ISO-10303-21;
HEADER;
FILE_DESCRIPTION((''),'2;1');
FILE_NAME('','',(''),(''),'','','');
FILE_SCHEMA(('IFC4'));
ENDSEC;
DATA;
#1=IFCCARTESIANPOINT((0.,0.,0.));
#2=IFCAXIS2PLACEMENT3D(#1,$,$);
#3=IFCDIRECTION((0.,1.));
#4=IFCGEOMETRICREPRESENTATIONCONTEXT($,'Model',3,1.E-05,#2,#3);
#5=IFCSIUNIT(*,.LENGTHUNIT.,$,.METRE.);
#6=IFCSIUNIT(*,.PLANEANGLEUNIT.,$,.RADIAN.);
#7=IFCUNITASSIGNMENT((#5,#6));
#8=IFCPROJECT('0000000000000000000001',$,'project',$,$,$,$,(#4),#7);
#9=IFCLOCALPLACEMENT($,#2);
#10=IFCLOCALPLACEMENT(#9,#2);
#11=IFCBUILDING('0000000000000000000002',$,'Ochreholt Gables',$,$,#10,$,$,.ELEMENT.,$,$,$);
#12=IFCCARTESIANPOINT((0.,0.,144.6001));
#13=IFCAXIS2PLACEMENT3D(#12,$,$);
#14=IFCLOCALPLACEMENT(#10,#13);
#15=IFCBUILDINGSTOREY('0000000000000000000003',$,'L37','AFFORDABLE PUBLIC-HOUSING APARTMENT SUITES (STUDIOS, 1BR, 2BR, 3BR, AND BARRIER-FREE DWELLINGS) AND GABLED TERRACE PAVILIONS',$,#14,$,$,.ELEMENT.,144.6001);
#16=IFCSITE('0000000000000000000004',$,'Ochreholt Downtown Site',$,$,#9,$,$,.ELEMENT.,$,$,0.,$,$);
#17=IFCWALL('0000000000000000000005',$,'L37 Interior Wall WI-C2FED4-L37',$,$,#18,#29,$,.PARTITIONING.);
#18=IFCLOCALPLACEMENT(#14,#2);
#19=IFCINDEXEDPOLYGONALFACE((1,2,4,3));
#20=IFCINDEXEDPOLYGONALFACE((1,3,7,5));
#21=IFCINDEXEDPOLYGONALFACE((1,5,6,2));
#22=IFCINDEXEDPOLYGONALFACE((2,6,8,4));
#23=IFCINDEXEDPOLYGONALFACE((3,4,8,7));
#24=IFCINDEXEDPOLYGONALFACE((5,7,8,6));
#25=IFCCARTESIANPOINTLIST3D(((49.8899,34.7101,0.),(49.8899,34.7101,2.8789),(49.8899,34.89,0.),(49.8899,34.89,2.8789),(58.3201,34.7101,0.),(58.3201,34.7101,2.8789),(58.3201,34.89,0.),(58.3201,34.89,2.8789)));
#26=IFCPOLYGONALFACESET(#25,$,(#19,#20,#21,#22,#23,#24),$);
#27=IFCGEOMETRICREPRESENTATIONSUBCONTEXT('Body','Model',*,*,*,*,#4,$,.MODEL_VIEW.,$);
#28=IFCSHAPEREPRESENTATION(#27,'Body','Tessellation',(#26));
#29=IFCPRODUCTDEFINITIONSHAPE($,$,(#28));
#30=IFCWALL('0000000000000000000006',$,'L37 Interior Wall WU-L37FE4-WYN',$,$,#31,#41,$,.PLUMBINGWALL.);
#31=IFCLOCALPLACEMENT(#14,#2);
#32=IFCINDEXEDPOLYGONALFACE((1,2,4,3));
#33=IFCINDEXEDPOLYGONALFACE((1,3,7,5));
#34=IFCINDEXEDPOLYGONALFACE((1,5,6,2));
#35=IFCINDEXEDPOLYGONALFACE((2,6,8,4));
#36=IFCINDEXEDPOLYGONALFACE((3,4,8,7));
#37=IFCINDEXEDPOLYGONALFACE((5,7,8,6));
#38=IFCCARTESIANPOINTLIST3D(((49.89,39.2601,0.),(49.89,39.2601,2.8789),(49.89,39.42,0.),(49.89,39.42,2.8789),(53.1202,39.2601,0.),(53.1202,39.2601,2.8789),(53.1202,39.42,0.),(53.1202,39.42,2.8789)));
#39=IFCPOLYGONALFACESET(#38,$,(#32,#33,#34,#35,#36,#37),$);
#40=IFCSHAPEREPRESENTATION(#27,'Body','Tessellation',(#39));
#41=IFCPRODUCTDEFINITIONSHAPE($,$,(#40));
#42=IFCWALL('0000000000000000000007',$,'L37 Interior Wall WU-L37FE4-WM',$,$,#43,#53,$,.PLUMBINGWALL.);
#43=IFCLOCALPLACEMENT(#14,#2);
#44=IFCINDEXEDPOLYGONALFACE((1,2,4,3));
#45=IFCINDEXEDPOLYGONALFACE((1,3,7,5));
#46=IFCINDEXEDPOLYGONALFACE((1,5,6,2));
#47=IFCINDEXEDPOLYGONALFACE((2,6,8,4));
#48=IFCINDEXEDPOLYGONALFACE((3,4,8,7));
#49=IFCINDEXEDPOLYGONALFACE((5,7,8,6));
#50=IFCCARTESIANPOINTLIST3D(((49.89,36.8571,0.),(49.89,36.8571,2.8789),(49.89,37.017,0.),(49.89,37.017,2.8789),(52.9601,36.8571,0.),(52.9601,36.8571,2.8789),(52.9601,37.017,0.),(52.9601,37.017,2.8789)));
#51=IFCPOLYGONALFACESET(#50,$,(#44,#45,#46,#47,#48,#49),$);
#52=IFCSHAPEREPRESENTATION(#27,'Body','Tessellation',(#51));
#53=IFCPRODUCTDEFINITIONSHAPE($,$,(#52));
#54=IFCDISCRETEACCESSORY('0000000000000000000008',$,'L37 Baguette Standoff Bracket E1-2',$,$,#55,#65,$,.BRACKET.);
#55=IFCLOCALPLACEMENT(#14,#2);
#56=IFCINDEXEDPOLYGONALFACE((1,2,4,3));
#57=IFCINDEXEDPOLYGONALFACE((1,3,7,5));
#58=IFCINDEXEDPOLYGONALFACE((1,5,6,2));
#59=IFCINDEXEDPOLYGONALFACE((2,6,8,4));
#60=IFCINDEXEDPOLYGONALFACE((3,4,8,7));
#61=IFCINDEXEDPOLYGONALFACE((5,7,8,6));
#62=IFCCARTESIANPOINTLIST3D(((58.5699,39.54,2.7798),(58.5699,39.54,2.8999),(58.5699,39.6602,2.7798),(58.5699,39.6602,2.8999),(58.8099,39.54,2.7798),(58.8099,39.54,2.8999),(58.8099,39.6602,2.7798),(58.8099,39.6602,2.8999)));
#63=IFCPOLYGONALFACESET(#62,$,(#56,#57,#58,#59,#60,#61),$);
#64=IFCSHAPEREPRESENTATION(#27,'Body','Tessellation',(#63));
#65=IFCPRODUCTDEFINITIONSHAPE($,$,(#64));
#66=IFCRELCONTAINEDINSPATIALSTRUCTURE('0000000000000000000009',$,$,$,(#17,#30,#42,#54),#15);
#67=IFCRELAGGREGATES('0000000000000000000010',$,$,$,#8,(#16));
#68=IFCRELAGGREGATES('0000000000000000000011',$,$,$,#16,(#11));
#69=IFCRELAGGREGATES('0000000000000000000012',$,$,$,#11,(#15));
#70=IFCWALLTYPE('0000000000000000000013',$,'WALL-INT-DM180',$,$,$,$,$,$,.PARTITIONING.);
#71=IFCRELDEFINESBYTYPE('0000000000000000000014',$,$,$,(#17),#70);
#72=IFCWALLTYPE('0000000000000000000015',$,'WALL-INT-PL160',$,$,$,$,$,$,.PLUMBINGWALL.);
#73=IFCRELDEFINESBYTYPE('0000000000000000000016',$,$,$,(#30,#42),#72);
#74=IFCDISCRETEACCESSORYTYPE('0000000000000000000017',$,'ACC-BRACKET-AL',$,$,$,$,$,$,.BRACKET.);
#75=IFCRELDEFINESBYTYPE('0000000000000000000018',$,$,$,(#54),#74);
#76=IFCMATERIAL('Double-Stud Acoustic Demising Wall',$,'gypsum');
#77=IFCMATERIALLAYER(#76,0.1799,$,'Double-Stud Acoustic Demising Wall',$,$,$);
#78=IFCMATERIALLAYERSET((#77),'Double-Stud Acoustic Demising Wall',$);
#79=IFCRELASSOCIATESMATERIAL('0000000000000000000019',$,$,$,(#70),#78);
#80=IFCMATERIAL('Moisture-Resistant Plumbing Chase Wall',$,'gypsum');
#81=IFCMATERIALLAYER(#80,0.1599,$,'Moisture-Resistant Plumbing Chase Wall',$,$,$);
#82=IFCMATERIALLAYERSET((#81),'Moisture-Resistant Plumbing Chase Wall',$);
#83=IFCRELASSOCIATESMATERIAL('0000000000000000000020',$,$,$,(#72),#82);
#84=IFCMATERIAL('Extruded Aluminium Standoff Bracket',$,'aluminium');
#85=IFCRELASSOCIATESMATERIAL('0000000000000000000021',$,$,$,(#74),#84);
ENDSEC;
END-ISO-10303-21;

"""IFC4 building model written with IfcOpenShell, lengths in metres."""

from ifc_helpers import new_model, si_unit, direction, frame, frame_2d, origin, origin_2d, place, context, subcontext, project, spatial, rectangle, extrude, material, layer, layer_set, type_object, element, save


model = new_model("IFC4")

# Units and contexts
model_context = context("Model", 3, precision=1e-05, world=origin(), true_north=direction((0.0, 1.0)))
body_context = subcontext(model_context, "Body", "Model", "MODEL_VIEW")
ifc_project = project(units=[si_unit("LENGTHUNIT", "METRE"), si_unit("PLANEANGLEUNIT", "RADIAN")], contexts=[model_context])

# Site, building, storey
site_placement = place(None, origin())
site = spatial("IfcSite", under=ifc_project, at=site_placement, Name="Ochreholt Downtown Site", CompositionType="ELEMENT", RefElevation=0.0)
building_placement = place(site_placement, origin())
building = spatial("IfcBuilding", under=site, at=building_placement, Name="Ochreholt Gables", CompositionType="ELEMENT")
storey_placement = place(building_placement, frame((0.0, 0.0, 144.6001)))
storey = spatial("IfcBuildingStorey", under=building, at=storey_placement, Name="L37", Description="AFFORDABLE PUBLIC-HOUSING APARTMENT SUITES (STUDIOS, 1BR, 2BR, 3BR, AND BARRIER-FREE DWELLINGS) AND GABLED TERRACE PAVILIONS", CompositionType="ELEMENT", Elevation=144.6001)

# Walls
ifc_material_1 = material(Name="Double-Stud Acoustic Demising Wall", Category="gypsum")
ifc_layer_1 = layer(ifc_material_1, 0.1799, Name="Double-Stud Acoustic Demising Wall")
ifc_layer_set_1 = layer_set([ifc_layer_1], Name="Double-Stud Acoustic Demising Wall")
wall_type_1 = type_object("IfcWallType", Name="WALL-INT-DM180", PredefinedType="PARTITIONING", material=ifc_layer_set_1)
wall_1_placement = place(storey_placement, frame((49.8899, 34.8, 0.0), z_axis=(0.0, 0.0, 1.0), x_axis=(1.0, 0.0, 0.0)))
element("IfcWall", 1, at=wall_1_placement, inside=storey, type_object=wall_type_1, Name="L37 Interior Wall WI-C2FED4-L37", PredefinedType="PARTITIONING", context=body_context, shape_type="SweptSolid", body=[
    extrude(rectangle(XDim=8.4302, YDim=0.1799, at=frame_2d((4.2151, 0.0))), origin(), (0.0, 0.0, 1.0), 2.8789),
])
ifc_material_2 = material(Name="Moisture-Resistant Plumbing Chase Wall", Category="gypsum")
ifc_layer_2 = layer(ifc_material_2, 0.1599, Name="Moisture-Resistant Plumbing Chase Wall")
ifc_layer_set_2 = layer_set([ifc_layer_2], Name="Moisture-Resistant Plumbing Chase Wall")
wall_type_2 = type_object("IfcWallType", Name="WALL-INT-PL160", PredefinedType="PLUMBINGWALL", material=ifc_layer_set_2)
wall_2_placement = place(storey_placement, frame((49.8899, 39.3401, 0.0), z_axis=(0.0, 0.0, 1.0), x_axis=(1.0, 0.0, 0.0)))
element("IfcWall", 2, at=wall_2_placement, inside=storey, type_object=wall_type_2, Name="L37 Interior Wall WU-L37FE4-WYN", PredefinedType="PLUMBINGWALL", context=body_context, shape_type="SweptSolid", body=[
    extrude(rectangle(XDim=3.2302, YDim=0.1599, at=frame_2d((1.6152, 0.0))), origin(), (0.0, 0.0, 1.0), 2.8789),
])

# Wall
wall_3_placement = place(storey_placement, frame((49.8899, 36.937, 0.0), z_axis=(0.0, 0.0, 1.0), x_axis=(1.0, 0.0, 0.0)))
element("IfcWall", 3, at=wall_3_placement, inside=storey, type_object=wall_type_2, Name="L37 Interior Wall WU-L37FE4-WM", PredefinedType="PLUMBINGWALL", context=body_context, shape_type="SweptSolid", body=[
    extrude(rectangle(XDim=3.0701, YDim=0.1599, at=frame_2d((1.5352, 0.0))), origin(), (0.0, 0.0, 1.0), 2.8789),
])

# Discrete accessory
ifc_material_3 = material(Name="Extruded Aluminium Standoff Bracket", Category="aluminium")
discrete_accessory_type = type_object("IfcDiscreteAccessoryType", Name="ACC-BRACKET-AL", PredefinedType="BRACKET", material=ifc_material_3)
discrete_accessory_placement = place(storey_placement, frame((58.6899, 39.6001, 2.7798), z_axis=(0.0, 0.0, 1.0), x_axis=(0.0, 1.0, 0.0)))
element("IfcDiscreteAccessory", 4, at=discrete_accessory_placement, inside=storey, type_object=discrete_accessory_type, Name="L37 Baguette Standoff Bracket E1-2", PredefinedType="BRACKET", context=body_context, shape_type="SweptSolid", body=[
    extrude(rectangle(XDim=0.1201, YDim=0.24, at=origin_2d()), origin(), (0.0, 0.0, 1.0), 0.1201),
])

save(model, "model.ifc")
